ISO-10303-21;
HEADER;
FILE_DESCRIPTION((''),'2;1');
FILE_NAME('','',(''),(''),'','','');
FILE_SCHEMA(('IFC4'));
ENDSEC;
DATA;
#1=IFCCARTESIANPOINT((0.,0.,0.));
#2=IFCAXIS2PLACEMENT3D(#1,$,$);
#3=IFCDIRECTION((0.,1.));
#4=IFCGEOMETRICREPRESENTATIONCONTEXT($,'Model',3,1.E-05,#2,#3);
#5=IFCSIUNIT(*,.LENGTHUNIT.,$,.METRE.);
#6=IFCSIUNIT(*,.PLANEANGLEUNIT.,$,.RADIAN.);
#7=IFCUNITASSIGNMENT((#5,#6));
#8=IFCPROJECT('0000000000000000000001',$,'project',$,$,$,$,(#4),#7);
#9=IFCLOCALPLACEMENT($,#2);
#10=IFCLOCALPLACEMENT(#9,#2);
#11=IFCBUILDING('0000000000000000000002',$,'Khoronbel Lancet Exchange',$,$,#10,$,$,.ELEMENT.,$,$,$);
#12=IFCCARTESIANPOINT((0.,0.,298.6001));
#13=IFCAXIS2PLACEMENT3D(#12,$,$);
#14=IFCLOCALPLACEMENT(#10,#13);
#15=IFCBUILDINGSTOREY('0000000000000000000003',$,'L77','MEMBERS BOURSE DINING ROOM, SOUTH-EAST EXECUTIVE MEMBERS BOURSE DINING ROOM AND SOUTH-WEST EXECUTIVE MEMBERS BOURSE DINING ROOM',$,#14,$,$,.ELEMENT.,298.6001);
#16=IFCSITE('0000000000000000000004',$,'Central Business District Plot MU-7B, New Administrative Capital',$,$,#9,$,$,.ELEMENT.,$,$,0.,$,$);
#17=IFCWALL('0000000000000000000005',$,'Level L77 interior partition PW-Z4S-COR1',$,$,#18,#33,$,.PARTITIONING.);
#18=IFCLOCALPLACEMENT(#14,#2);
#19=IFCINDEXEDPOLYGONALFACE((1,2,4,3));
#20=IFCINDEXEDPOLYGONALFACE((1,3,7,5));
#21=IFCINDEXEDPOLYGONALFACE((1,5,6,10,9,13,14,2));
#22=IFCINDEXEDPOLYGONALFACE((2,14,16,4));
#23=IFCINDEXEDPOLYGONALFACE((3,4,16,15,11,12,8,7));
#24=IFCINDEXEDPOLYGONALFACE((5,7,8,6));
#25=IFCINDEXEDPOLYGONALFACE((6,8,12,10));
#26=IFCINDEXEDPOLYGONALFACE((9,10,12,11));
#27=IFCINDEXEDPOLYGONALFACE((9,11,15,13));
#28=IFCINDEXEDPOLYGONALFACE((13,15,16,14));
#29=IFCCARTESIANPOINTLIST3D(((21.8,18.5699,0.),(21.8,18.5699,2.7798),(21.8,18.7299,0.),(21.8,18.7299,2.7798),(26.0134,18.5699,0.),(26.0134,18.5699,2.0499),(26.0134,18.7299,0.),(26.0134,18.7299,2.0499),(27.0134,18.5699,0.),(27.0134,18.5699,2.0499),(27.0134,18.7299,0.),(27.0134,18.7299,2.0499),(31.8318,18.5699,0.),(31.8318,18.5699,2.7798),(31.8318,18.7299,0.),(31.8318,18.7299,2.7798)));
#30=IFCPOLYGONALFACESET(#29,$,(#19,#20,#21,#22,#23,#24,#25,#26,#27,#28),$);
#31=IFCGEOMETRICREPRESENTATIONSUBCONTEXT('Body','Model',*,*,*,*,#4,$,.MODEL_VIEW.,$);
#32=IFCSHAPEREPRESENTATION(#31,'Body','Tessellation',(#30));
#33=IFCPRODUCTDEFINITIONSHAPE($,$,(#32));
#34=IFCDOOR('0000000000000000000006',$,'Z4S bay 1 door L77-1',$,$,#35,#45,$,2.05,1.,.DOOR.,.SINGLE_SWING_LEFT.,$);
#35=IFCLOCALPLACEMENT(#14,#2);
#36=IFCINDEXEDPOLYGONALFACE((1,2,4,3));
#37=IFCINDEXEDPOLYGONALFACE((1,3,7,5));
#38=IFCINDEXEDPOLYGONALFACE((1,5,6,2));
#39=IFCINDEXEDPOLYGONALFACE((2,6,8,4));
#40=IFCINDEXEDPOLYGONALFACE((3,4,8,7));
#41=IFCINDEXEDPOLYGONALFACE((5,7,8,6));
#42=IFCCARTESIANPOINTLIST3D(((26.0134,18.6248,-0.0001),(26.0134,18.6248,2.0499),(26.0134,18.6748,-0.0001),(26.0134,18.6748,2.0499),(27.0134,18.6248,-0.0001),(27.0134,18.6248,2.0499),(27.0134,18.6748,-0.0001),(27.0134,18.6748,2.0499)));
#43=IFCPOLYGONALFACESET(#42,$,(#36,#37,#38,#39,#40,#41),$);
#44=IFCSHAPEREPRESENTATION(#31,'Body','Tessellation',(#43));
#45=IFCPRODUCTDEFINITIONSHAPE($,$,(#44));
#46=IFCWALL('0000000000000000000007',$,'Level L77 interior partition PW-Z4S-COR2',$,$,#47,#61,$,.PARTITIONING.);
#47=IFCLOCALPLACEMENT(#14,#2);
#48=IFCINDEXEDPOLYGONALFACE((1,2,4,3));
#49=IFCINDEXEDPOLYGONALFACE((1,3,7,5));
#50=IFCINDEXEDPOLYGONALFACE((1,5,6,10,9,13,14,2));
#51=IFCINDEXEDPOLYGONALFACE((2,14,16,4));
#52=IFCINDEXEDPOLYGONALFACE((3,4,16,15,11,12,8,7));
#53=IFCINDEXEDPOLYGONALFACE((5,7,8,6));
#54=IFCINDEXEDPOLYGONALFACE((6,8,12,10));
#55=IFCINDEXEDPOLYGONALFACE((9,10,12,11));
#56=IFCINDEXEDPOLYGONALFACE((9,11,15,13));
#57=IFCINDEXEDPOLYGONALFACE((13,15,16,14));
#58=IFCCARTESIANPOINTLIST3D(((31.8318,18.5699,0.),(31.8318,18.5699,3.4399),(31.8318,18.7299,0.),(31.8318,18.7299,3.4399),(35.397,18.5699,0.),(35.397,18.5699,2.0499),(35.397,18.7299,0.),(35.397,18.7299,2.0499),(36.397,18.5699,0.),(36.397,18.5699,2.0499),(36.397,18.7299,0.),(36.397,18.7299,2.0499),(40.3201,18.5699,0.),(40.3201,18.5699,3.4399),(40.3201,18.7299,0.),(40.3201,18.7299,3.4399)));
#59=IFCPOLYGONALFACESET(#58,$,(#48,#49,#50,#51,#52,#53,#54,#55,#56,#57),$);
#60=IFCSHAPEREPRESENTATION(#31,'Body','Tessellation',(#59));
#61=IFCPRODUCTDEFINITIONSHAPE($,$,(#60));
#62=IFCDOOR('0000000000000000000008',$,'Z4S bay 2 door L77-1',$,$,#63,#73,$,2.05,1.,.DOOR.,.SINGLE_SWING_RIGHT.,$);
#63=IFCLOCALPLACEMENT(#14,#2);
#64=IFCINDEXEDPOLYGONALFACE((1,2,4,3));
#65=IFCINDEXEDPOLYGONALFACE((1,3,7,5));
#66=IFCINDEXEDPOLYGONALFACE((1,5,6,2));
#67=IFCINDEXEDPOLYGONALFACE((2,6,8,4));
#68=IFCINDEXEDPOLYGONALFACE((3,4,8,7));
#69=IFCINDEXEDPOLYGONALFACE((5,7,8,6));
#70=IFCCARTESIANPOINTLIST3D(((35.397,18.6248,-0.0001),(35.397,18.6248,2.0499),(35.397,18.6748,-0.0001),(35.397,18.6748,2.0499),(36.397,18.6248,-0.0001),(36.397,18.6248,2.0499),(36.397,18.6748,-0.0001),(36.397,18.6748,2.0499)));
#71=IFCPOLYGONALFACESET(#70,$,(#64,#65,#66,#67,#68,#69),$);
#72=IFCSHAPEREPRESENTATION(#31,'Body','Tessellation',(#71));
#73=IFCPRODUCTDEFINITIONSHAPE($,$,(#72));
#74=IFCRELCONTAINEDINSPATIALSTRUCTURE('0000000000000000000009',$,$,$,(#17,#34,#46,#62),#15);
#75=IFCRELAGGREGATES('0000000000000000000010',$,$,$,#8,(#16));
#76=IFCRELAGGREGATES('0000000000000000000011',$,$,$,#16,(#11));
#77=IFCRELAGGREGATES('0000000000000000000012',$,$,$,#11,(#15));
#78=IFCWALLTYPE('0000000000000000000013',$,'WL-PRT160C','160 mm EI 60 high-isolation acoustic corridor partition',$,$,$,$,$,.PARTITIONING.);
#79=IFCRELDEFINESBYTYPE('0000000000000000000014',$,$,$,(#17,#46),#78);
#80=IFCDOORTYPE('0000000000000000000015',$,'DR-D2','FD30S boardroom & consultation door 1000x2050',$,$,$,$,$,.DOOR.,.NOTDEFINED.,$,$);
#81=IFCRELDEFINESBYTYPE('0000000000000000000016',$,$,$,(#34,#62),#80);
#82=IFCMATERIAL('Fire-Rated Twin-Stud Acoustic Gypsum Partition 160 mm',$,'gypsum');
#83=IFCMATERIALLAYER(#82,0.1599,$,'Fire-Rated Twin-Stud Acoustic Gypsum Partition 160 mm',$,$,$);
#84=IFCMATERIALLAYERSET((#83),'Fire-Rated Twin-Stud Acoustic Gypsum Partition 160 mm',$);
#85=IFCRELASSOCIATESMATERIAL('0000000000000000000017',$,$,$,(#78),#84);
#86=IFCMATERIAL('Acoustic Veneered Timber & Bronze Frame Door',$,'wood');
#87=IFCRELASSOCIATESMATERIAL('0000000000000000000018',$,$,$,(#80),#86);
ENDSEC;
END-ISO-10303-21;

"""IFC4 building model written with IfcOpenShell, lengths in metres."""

from ifc_helpers import new_model, si_unit, direction, frame, frame_2d, origin, place, context, subcontext, project, spatial, rectangle, extrude, material, layer, layer_set, type_object, element, fill, save


model = new_model("IFC4")

# Units and contexts
model_context = context("Model", 3, precision=1e-05, world=origin(), true_north=direction((0.0, 1.0)))
body_context = subcontext(model_context, "Body", "Model", "MODEL_VIEW")
ifc_project = project(units=[si_unit("LENGTHUNIT", "METRE"), si_unit("PLANEANGLEUNIT", "RADIAN")], contexts=[model_context])

# Site, building, storey
site_placement = place(None, origin())
site = spatial("IfcSite", under=ifc_project, at=site_placement, Name="Central Business District Plot MU-7B, New Administrative Capital", CompositionType="ELEMENT", RefElevation=0.0)
building_placement = place(site_placement, origin())
building = spatial("IfcBuilding", under=site, at=building_placement, Name="Khoronbel Lancet Exchange", CompositionType="ELEMENT")
storey_placement = place(building_placement, frame((0.0, 0.0, 298.6001)))
storey = spatial("IfcBuildingStorey", under=building, at=storey_placement, Name="L77", Description="MEMBERS BOURSE DINING ROOM, SOUTH-EAST EXECUTIVE MEMBERS BOURSE DINING ROOM AND SOUTH-WEST EXECUTIVE MEMBERS BOURSE DINING ROOM", CompositionType="ELEMENT", Elevation=298.6001)

# Walls, openings, doors
ifc_material_1 = material(Name="Fire-Rated Twin-Stud Acoustic Gypsum Partition 160 mm", Category="gypsum")
ifc_layer_1 = layer(ifc_material_1, 0.1599, Name="Fire-Rated Twin-Stud Acoustic Gypsum Partition 160 mm")
ifc_layer_set_1 = layer_set([ifc_layer_1], Name="Fire-Rated Twin-Stud Acoustic Gypsum Partition 160 mm")
wall_type_1 = type_object("IfcWallType", Name="WL-PRT160C", Description="160 mm EI 60 high-isolation acoustic corridor partition", PredefinedType="PARTITIONING", material=ifc_layer_set_1)
ifc_material_2 = material(Name="Acoustic Veneered Timber & Bronze Frame Door", Category="wood")
door_type_1 = type_object("IfcDoorType", Name="DR-D2", Description="FD30S boardroom & consultation door 1000x2050", OperationType="NOTDEFINED", PredefinedType="DOOR", material=ifc_material_2)
wall_1_placement = place(storey_placement, frame((21.8, 18.6499, 0.0), z_axis=(0.0, 0.0, 1.0), x_axis=(1.0, 0.0, 0.0)))
wall_1 = element("IfcWall", 1, at=wall_1_placement, inside=storey, type_object=wall_type_1, Name="Level L77 interior partition PW-Z4S-COR1", PredefinedType="PARTITIONING", context=body_context, shape_type="SweptSolid", body=[
    extrude(rectangle(XDim=10.0317, YDim=0.1599, at=frame_2d((5.0159, 0.0))), origin(), (0.0, 0.0, 1.0), 2.7798),
])
opening_1_placement = place(wall_1_placement, frame((4.2134, 0.0, 0.0)))
opening_1 = element("IfcOpeningElement", 2, at=opening_1_placement, cuts=wall_1, PredefinedType="OPENING", context=body_context, shape_type="SweptSolid", body=[
    extrude(rectangle(XDim=1.0, YDim=2.05, at=frame_2d((0.5, 1.0249))), frame((0.0, 0.0898, 0.0), z_axis=(0.0, -1.0, 0.0), x_axis=(1.0, 0.0, 0.0)), (0.0, 0.0, 1.0), 0.1799),
])
door_1_placement = place(opening_1_placement, origin())
door_1 = element("IfcDoor", 3, at=door_1_placement, inside=storey, type_object=door_type_1, Name="Z4S bay 1 door L77-1", OperationType="SINGLE_SWING_LEFT", OverallHeight=2.05, OverallWidth=1.0, PredefinedType="DOOR", context=body_context, shape_type="SweptSolid", body=[
    extrude(rectangle(XDim=1.0, YDim=2.05, at=frame_2d((0.5, 1.0249))), frame((0.0, 0.0249, 0.0), z_axis=(0.0, -1.0, 0.0), x_axis=(1.0, 0.0, 0.0)), (0.0, 0.0, 1.0), 0.05),
])
fill(opening_1, door_1)
wall_2_placement = place(storey_placement, frame((31.8318, 18.6499, 0.0), z_axis=(0.0, 0.0, 1.0), x_axis=(1.0, 0.0, 0.0)))
wall_2 = element("IfcWall", 4, at=wall_2_placement, inside=storey, type_object=wall_type_1, Name="Level L77 interior partition PW-Z4S-COR2", PredefinedType="PARTITIONING", context=body_context, shape_type="SweptSolid", body=[
    extrude(rectangle(XDim=8.4883, YDim=0.1599, at=frame_2d((4.2441, 0.0))), origin(), (0.0, 0.0, 1.0), 3.4399),
])
opening_2_placement = place(wall_2_placement, frame((3.5652, 0.0, 0.0)))
opening_2 = element("IfcOpeningElement", 5, at=opening_2_placement, cuts=wall_2, PredefinedType="OPENING", context=body_context, shape_type="SweptSolid", body=[
    extrude(rectangle(XDim=1.0, YDim=2.05, at=frame_2d((0.5, 1.0249))), frame((0.0, 0.0898, 0.0), z_axis=(0.0, -1.0, 0.0), x_axis=(1.0, 0.0, 0.0)), (0.0, 0.0, 1.0), 0.1799),
])
door_2_placement = place(opening_2_placement, origin())
door_2 = element("IfcDoor", 6, at=door_2_placement, inside=storey, type_object=door_type_1, Name="Z4S bay 2 door L77-1", OperationType="SINGLE_SWING_RIGHT", OverallHeight=2.05, OverallWidth=1.0, PredefinedType="DOOR", context=body_context, shape_type="SweptSolid", body=[
    extrude(rectangle(XDim=1.0, YDim=2.05, at=frame_2d((0.5, 1.0249))), frame((0.0, 0.0249, 0.0), z_axis=(0.0, -1.0, 0.0), x_axis=(1.0, 0.0, 0.0)), (0.0, 0.0, 1.0), 0.05),
])
fill(opening_2, door_2)

save(model, "model.ifc")
